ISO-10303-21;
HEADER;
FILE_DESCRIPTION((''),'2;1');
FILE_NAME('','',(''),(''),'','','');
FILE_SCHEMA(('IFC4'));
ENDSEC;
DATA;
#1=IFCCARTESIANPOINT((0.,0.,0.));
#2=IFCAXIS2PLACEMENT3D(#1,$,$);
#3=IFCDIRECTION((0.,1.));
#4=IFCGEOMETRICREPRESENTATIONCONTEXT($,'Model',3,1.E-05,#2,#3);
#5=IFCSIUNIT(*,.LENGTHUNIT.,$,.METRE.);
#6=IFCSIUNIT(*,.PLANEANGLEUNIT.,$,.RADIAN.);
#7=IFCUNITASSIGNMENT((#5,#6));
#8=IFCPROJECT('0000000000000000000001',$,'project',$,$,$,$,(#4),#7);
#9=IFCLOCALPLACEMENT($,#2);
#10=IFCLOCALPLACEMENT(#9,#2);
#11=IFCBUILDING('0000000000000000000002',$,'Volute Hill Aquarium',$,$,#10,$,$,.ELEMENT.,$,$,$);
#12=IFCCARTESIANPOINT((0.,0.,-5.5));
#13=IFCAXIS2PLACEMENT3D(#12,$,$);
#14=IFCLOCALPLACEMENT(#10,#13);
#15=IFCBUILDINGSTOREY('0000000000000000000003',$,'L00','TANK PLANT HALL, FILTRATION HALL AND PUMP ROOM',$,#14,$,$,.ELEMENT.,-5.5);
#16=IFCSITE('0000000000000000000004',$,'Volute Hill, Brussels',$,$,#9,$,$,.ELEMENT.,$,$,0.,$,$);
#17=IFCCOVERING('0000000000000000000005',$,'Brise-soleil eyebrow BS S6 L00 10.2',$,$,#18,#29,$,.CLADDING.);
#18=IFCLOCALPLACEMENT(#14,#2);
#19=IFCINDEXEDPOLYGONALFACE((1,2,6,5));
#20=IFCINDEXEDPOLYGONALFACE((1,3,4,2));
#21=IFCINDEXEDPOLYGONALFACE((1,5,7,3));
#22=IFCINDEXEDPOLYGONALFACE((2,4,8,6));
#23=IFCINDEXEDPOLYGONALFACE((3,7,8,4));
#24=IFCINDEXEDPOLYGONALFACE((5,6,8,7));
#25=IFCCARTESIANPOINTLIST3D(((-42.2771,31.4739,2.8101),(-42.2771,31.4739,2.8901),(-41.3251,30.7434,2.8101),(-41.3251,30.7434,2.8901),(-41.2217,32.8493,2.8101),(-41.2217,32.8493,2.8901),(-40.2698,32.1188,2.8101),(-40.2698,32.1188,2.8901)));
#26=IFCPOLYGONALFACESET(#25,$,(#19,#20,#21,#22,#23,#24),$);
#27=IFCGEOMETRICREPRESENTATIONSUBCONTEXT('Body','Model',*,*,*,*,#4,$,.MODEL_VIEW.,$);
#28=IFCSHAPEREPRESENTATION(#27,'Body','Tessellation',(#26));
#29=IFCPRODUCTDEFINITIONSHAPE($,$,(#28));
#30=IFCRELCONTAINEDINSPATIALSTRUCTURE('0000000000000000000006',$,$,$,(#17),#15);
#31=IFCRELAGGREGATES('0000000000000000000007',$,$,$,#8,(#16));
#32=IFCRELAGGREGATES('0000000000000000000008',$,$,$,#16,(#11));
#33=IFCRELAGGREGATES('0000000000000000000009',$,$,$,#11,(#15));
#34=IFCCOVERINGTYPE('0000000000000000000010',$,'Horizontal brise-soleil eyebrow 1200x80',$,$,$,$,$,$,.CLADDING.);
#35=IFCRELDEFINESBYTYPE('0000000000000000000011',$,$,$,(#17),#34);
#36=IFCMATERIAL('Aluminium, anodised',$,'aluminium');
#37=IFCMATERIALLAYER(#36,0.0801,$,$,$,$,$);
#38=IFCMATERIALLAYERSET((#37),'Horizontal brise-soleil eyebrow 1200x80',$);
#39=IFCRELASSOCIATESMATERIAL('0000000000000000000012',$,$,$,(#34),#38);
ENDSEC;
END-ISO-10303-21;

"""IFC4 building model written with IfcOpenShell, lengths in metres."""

from ifc_helpers import new_model, si_unit, direction, frame, origin, origin_2d, place, context, subcontext, project, spatial, rectangle, extrude, material, layer, layer_set, type_object, element, save


model = new_model("IFC4")

# Units and contexts
model_context = context("Model", 3, precision=1e-05, world=origin(), true_north=direction((0.0, 1.0)))
body_context = subcontext(model_context, "Body", "Model", "MODEL_VIEW")
ifc_project = project(units=[si_unit("LENGTHUNIT", "METRE"), si_unit("PLANEANGLEUNIT", "RADIAN")], contexts=[model_context])

# Site, building, storey
site_placement = place(None, origin())
site = spatial("IfcSite", under=ifc_project, at=site_placement, Name="Volute Hill, Brussels", CompositionType="ELEMENT", RefElevation=0.0)
building_placement = place(site_placement, origin())
building = spatial("IfcBuilding", under=site, at=building_placement, Name="Volute Hill Aquarium", CompositionType="ELEMENT")
storey_placement = place(building_placement, frame((0.0, 0.0, -5.5)))
storey = spatial("IfcBuildingStorey", under=building, at=storey_placement, Name="L00", Description="TANK PLANT HALL, FILTRATION HALL AND PUMP ROOM", CompositionType="ELEMENT", Elevation=-5.5)

# Covering
ifc_material_1 = material(Name="Aluminium, anodised", Category="aluminium")
ifc_layer_1 = layer(ifc_material_1, 0.0801)
ifc_layer_set_1 = layer_set([ifc_layer_1], Name="Horizontal brise-soleil eyebrow 1200x80")
covering_type_1 = type_object("IfcCoveringType", Name="Horizontal brise-soleil eyebrow 1200x80", PredefinedType="CLADDING", material=ifc_layer_set_1)
for number, where, z_axis, x_axis, name in (
    (1, (-41.2734, 31.7964, 2.8101), (0.0, 0.0, 1.0), (-0.608766, -0.79335, 0.0), "Brise-soleil eyebrow BS S6 L00 10.2"),
):
    element("IfcCovering", number, at=place(storey_placement, frame(where, z_axis=z_axis, x_axis=x_axis)), inside=storey, type_object=covering_type_1, Name=name, PredefinedType="CLADDING", context=body_context, shape_type="SweptSolid", body=[
        extrude(rectangle(XDim=1.7336, YDim=1.2, at=origin_2d()), origin(), (0.0, 0.0, 1.0), 0.0801),
    ])

save(model, "model.ifc")
